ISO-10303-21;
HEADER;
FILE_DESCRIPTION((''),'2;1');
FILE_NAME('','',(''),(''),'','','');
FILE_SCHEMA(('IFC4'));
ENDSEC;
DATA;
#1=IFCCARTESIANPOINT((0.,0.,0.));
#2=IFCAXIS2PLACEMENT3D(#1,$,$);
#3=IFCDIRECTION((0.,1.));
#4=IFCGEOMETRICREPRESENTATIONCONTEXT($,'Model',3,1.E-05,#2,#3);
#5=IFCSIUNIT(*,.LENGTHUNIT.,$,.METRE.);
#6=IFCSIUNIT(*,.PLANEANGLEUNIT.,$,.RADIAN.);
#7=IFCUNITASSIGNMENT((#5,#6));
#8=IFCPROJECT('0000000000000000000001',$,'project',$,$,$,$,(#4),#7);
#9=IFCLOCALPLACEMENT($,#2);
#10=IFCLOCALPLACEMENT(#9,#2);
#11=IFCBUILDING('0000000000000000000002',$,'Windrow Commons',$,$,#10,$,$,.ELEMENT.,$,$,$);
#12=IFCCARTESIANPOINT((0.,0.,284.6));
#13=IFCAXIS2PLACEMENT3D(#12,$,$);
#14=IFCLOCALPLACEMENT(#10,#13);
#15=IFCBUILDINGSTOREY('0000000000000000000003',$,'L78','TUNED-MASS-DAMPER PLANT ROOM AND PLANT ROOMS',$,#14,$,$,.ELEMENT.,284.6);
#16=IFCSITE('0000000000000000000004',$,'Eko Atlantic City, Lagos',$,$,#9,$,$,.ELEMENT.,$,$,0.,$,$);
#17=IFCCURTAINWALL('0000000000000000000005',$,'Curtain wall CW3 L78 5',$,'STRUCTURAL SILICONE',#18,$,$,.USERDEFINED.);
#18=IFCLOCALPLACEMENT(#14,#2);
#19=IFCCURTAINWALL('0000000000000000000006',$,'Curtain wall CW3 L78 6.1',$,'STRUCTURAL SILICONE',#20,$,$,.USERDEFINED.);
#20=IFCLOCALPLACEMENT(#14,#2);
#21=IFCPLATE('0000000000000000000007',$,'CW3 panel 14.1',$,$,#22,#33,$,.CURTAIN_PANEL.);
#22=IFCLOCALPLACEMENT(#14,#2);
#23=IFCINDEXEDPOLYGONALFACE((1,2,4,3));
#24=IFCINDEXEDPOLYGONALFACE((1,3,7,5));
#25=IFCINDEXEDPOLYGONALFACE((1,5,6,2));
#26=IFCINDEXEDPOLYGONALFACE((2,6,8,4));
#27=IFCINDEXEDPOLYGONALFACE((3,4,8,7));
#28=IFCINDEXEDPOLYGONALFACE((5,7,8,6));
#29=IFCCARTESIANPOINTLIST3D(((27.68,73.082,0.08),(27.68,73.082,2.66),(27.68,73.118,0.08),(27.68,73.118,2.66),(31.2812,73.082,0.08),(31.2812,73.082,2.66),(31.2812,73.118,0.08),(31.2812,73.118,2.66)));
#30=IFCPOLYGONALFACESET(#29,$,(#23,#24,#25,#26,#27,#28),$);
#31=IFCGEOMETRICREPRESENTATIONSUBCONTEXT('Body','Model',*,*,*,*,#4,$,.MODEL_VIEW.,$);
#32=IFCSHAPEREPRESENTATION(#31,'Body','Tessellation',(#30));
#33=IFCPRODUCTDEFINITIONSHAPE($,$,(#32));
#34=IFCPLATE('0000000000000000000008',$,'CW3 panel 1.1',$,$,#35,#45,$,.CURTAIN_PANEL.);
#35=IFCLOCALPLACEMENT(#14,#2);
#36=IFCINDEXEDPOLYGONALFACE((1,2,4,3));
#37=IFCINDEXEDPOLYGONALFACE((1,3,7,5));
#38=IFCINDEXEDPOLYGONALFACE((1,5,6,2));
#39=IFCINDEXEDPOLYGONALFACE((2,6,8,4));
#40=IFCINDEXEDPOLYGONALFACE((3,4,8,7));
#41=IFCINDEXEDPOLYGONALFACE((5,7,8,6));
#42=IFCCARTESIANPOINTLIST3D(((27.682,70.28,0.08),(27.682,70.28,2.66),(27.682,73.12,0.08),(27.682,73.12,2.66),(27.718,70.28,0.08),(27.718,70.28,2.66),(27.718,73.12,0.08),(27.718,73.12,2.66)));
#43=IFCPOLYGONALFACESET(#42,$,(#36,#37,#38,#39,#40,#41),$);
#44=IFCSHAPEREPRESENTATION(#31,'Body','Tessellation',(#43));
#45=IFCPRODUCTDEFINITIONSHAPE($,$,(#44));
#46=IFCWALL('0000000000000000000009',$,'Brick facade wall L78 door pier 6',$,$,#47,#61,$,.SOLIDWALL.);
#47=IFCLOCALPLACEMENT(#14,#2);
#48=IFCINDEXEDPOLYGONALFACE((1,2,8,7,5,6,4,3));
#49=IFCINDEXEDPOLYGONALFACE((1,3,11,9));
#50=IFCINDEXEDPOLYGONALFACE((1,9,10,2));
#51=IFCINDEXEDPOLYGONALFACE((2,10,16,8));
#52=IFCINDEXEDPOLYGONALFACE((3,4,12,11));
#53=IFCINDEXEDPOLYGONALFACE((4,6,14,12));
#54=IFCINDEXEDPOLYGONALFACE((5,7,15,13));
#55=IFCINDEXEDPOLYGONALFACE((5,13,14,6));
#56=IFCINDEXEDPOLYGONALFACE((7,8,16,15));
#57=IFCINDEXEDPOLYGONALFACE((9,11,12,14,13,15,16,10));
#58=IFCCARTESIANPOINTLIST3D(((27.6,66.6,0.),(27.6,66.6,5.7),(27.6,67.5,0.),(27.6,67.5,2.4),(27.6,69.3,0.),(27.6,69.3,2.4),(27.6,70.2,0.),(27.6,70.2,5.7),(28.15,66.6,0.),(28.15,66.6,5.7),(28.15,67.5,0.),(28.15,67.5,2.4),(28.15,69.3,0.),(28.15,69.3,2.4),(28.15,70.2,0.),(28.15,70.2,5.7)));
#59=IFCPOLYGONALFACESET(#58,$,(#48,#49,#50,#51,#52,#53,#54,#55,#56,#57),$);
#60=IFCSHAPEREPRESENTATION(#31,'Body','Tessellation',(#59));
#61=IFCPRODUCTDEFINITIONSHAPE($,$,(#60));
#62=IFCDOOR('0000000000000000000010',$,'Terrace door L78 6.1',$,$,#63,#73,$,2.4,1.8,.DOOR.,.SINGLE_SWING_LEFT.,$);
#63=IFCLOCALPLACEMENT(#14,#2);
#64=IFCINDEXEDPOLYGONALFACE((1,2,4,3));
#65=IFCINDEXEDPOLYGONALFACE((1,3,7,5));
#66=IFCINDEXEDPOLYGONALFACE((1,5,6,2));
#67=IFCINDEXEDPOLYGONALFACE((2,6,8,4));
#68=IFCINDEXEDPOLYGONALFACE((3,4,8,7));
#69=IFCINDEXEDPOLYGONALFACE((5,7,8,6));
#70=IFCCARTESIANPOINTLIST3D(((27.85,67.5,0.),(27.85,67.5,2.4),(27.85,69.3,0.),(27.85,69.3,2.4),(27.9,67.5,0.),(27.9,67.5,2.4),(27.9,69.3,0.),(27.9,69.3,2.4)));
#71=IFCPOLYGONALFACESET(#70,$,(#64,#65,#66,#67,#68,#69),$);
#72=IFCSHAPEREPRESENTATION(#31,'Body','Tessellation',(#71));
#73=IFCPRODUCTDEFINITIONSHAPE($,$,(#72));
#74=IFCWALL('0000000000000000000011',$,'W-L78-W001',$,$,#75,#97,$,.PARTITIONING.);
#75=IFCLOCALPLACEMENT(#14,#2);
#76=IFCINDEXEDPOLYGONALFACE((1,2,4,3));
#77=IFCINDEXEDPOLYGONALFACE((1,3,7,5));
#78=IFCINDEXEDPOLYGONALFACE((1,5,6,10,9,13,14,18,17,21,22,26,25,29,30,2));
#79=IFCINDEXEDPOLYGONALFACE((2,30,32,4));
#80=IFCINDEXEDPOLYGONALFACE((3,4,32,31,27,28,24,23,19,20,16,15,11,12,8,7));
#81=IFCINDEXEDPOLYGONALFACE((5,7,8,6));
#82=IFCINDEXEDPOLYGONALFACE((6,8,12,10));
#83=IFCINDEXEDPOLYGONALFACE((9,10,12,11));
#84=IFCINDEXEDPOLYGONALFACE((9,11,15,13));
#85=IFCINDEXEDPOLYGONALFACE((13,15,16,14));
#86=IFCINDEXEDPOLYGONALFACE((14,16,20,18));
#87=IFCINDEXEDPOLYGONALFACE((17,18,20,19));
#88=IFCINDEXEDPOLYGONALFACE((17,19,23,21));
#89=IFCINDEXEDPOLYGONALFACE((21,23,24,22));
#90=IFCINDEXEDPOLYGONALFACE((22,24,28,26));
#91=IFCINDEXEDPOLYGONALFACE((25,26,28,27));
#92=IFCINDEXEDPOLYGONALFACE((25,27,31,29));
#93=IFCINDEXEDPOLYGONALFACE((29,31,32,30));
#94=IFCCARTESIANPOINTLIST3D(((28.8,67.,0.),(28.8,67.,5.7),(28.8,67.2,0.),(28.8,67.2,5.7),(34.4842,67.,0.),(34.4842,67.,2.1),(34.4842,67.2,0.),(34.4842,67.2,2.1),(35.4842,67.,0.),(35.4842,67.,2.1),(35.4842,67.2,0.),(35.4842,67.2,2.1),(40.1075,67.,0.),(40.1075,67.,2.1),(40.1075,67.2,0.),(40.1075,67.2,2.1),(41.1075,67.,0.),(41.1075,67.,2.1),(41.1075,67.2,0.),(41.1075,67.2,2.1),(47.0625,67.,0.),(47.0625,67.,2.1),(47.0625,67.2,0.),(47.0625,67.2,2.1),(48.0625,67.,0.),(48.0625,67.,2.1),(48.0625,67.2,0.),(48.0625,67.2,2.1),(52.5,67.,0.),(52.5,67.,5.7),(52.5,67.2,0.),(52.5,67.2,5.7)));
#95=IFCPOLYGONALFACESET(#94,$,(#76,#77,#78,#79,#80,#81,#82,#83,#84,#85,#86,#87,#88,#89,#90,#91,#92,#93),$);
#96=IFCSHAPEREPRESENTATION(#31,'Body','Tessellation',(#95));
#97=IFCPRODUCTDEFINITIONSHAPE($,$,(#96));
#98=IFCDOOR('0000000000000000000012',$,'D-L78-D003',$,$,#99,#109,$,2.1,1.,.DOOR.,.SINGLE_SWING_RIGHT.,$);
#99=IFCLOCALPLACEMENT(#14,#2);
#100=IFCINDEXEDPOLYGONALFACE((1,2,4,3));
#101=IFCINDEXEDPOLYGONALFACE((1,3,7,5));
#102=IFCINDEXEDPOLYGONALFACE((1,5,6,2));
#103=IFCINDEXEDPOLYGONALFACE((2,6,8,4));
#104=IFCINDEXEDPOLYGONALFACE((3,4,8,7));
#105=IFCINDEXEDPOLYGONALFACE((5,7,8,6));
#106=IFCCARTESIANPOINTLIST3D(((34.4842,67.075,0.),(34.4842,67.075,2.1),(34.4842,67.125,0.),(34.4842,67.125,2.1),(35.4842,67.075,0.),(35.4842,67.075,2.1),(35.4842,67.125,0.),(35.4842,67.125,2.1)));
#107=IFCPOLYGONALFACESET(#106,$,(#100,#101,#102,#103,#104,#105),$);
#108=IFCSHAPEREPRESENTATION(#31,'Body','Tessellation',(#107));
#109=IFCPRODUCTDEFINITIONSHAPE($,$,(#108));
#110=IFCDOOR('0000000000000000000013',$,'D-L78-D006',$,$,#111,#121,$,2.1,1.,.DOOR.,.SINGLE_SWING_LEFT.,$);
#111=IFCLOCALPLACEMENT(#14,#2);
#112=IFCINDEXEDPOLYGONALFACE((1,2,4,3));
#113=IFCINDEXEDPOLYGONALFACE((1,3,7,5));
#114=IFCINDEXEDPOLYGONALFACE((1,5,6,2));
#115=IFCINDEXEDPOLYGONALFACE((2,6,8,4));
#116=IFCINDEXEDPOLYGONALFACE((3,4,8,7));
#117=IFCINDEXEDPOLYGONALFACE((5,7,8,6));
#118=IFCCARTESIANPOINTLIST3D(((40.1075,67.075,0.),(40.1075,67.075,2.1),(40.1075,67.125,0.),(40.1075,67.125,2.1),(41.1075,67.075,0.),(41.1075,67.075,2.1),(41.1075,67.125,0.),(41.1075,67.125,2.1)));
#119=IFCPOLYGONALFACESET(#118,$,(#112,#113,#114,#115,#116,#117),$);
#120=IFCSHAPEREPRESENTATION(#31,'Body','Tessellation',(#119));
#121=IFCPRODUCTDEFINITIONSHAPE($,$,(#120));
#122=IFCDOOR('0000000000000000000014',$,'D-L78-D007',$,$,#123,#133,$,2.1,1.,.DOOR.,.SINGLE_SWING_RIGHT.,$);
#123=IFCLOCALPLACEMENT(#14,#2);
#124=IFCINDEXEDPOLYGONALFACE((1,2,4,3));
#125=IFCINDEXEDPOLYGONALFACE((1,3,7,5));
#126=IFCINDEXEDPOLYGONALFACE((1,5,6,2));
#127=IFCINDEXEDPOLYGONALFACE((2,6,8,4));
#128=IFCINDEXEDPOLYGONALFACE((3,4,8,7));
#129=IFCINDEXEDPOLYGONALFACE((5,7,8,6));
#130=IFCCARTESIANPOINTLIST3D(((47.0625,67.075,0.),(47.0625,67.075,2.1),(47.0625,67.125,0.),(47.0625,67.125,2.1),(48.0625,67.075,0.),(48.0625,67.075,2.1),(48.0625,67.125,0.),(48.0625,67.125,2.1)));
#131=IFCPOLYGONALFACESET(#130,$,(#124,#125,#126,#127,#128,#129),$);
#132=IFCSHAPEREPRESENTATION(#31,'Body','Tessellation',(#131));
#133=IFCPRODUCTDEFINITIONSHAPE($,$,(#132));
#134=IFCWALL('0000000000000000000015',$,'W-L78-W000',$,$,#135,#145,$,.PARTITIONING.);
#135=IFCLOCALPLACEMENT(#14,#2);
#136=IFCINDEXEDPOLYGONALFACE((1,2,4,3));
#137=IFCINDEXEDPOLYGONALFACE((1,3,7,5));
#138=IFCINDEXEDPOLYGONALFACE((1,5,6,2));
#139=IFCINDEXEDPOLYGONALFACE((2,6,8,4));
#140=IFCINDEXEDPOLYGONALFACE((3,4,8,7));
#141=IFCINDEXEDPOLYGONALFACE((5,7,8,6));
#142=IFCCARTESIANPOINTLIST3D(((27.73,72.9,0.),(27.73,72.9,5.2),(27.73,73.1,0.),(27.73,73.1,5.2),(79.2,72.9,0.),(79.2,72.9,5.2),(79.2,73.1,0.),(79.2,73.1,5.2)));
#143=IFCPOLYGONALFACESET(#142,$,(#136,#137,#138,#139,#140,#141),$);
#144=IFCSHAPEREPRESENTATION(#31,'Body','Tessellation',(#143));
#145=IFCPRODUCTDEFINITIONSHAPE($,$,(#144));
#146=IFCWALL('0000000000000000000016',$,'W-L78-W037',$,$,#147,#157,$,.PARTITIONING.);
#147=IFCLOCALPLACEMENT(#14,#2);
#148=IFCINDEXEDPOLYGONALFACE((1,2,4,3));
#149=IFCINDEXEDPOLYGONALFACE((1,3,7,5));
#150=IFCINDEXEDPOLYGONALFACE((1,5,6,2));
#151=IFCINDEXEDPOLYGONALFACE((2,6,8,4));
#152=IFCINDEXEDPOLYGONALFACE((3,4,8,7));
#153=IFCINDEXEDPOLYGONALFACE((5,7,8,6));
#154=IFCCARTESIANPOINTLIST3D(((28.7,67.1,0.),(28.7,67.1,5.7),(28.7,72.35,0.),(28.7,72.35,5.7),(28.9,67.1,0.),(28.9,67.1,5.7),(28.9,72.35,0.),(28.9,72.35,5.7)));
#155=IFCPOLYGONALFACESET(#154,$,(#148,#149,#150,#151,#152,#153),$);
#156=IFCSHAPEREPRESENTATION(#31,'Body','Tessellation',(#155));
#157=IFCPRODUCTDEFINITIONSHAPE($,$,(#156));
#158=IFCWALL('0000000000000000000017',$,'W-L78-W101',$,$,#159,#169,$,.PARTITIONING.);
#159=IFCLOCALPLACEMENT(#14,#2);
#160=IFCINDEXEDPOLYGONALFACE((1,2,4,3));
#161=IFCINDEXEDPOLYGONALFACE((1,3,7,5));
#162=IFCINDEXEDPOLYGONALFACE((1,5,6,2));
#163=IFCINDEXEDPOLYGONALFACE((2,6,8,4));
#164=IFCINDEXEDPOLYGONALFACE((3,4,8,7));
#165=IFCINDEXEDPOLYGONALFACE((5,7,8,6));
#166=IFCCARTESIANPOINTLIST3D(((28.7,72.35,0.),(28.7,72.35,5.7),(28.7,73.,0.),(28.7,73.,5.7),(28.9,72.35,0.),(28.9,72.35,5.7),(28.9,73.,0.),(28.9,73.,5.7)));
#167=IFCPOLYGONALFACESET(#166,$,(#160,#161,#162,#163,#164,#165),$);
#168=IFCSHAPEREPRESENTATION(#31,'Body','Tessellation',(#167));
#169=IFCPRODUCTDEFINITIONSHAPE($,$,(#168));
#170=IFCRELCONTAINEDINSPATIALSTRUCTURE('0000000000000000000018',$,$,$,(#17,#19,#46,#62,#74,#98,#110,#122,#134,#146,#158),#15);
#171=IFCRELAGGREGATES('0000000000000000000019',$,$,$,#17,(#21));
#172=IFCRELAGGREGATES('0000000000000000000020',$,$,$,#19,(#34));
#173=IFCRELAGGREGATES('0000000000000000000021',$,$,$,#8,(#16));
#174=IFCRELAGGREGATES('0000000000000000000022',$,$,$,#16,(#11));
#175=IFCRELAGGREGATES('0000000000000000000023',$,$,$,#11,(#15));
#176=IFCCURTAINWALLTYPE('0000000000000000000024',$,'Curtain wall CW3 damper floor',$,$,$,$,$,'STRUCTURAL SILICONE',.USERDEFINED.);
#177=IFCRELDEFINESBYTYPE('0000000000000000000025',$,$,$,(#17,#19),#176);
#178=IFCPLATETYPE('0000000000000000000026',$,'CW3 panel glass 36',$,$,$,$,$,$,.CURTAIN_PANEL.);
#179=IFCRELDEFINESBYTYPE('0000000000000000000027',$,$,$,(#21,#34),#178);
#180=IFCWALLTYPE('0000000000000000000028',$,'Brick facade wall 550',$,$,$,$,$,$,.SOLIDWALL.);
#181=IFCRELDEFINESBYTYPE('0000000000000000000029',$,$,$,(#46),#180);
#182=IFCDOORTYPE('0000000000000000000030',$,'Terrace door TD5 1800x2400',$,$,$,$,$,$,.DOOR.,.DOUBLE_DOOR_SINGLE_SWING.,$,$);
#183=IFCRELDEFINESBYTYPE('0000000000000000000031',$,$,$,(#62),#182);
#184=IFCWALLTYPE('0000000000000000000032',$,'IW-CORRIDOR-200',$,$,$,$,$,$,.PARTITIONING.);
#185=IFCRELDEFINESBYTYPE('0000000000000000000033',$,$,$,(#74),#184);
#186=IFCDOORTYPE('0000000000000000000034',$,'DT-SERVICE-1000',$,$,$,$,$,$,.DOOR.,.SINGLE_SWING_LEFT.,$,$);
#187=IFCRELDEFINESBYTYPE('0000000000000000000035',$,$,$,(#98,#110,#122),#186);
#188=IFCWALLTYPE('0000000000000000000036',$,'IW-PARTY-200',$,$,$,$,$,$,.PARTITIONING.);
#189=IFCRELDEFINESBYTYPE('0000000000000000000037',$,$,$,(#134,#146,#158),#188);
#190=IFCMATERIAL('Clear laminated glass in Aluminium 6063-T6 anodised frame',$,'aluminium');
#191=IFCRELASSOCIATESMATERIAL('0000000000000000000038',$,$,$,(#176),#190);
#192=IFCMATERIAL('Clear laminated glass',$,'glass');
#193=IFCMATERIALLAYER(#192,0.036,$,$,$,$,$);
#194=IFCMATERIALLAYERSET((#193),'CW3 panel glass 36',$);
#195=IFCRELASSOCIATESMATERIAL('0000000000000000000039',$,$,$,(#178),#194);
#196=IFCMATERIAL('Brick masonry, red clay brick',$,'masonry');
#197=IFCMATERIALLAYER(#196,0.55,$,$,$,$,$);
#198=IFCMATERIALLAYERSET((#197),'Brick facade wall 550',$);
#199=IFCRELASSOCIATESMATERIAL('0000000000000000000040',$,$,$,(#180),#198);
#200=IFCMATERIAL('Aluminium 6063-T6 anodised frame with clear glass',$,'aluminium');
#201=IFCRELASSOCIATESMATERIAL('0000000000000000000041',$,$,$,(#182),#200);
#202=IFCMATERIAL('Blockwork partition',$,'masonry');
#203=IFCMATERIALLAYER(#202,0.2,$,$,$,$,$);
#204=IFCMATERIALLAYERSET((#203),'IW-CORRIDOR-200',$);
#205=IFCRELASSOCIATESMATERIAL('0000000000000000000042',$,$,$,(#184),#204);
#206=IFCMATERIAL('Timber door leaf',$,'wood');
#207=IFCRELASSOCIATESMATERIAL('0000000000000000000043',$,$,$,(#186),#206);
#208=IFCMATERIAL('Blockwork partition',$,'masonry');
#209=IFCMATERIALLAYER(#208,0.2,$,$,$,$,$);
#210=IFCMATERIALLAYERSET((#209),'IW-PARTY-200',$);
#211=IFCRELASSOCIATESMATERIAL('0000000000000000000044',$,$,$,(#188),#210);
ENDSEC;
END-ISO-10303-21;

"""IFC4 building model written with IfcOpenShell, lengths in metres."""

from ifc_helpers import new_model, si_unit, direction, frame, frame_2d, origin, origin_2d, place, context, subcontext, project, spatial, rectangle, extrude, material, layer, layer_set, type_object, element, fill, aggregate, save


model = new_model("IFC4")

# Units and contexts
model_context = context("Model", 3, precision=1e-05, world=origin(), true_north=direction((0.0, 1.0)))
body_context = subcontext(model_context, "Body", "Model", "MODEL_VIEW")
ifc_project = project(units=[si_unit("LENGTHUNIT", "METRE"), si_unit("PLANEANGLEUNIT", "RADIAN")], contexts=[model_context])

# Site, building, storey
site_placement = place(None, origin())
site = spatial("IfcSite", under=ifc_project, at=site_placement, Name="Eko Atlantic City, Lagos", CompositionType="ELEMENT", RefElevation=0.0)
building_placement = place(site_placement, origin())
building = spatial("IfcBuilding", under=site, at=building_placement, Name="Windrow Commons", CompositionType="ELEMENT")
storey_placement = place(building_placement, frame((0.0, 0.0, 284.6)))
storey = spatial("IfcBuildingStorey", under=building, at=storey_placement, Name="L78", Description="TUNED-MASS-DAMPER PLANT ROOM AND PLANT ROOMS", CompositionType="ELEMENT", Elevation=284.6)

# Curtain walls
ifc_material_1 = material(Name="Clear laminated glass in Aluminium 6063-T6 anodised frame", Category="aluminium")
curtain_wall_type = type_object("IfcCurtainWallType", Name="Curtain wall CW3 damper floor", ElementType="STRUCTURAL SILICONE", PredefinedType="USERDEFINED", material=ifc_material_1)
placement = place(storey_placement, origin())
curtain_wall_1 = element("IfcCurtainWall", 1, at=placement, inside=storey, type_object=curtain_wall_type, Name="Curtain wall CW3 L78 5", ObjectType="STRUCTURAL SILICONE", PredefinedType="USERDEFINED")
curtain_wall_2 = element("IfcCurtainWall", 2, at=placement, inside=storey, type_object=curtain_wall_type, Name="Curtain wall CW3 L78 6.1", ObjectType="STRUCTURAL SILICONE", PredefinedType="USERDEFINED")

# Plates
ifc_material_2 = material(Name="Clear laminated glass", Category="glass")
ifc_layer_1 = layer(ifc_material_2, 0.036)
ifc_layer_set_1 = layer_set([ifc_layer_1], Name="CW3 panel glass 36")
plate_type = type_object("IfcPlateType", Name="CW3 panel glass 36", PredefinedType="CURTAIN_PANEL", material=ifc_layer_set_1)
plate_1_placement = place(storey_placement, frame((29.4806, 73.1, 0.08), z_axis=(0.0, 0.0, 1.0), x_axis=(-1.0, 0.0, 0.0)))
plate_1 = element("IfcPlate", 3, at=plate_1_placement, type_object=plate_type, Name="CW3 panel 14.1", PredefinedType="CURTAIN_PANEL", context=body_context, shape_type="SweptSolid", body=[
    extrude(rectangle(XDim=3.6012, YDim=0.036, at=origin_2d()), origin(), (0.0, 0.0, 1.0), 2.58),
])
aggregate(curtain_wall_1, [plate_1])
plate_2_placement = place(storey_placement, frame((27.7, 71.7, 0.08), z_axis=(0.0, 0.0, 1.0), x_axis=(0.0, -1.0, 0.0)))
plate_2 = element("IfcPlate", 4, at=plate_2_placement, type_object=plate_type, Name="CW3 panel 1.1", PredefinedType="CURTAIN_PANEL", context=body_context, shape_type="SweptSolid", body=[
    extrude(rectangle(XDim=2.84, YDim=0.036, at=origin_2d()), origin(), (0.0, 0.0, 1.0), 2.58),
])
aggregate(curtain_wall_2, [plate_2])

# Wall, opening, door
ifc_material_3 = material(Name="Brick masonry, red clay brick", Category="masonry")
ifc_layer_2 = layer(ifc_material_3, 0.55)
ifc_layer_set_2 = layer_set([ifc_layer_2], Name="Brick facade wall 550")
wall_type_1 = type_object("IfcWallType", Name="Brick facade wall 550", PredefinedType="SOLIDWALL", material=ifc_layer_set_2)
wall_1_placement = place(storey_placement, frame((27.875, 70.2, 0.0), z_axis=(0.0, 0.0, 1.0), x_axis=(0.0, -1.0, 0.0)))
wall_1 = element("IfcWall", 5, at=wall_1_placement, inside=storey, type_object=wall_type_1, Name="Brick facade wall L78 door pier 6", PredefinedType="SOLIDWALL", context=body_context, shape_type="SweptSolid", body=[
    extrude(rectangle(XDim=3.6, YDim=0.55, at=frame_2d((1.8, 0.0))), origin(), (0.0, 0.0, 1.0), 5.7),
])
opening_1_placement = place(wall_1_placement, frame((0.9, 0.0, 0.0)))
opening_1 = element("IfcOpeningElement", 6, at=opening_1_placement, cuts=wall_1, PredefinedType="OPENING", context=body_context, shape_type="SweptSolid", body=[
    extrude(rectangle(XDim=1.8, YDim=2.4, at=frame_2d((0.9, 1.2))), frame((0.0, 0.285, 0.0), z_axis=(0.0, -1.0, 0.0), x_axis=(1.0, 0.0, 0.0)), (0.0, 0.0, 1.0), 0.57),
])
ifc_material_4 = material(Name="Aluminium 6063-T6 anodised frame with clear glass", Category="aluminium")
door_type_1 = type_object("IfcDoorType", Name="Terrace door TD5 1800x2400", OperationType="DOUBLE_DOOR_SINGLE_SWING", PredefinedType="DOOR", material=ifc_material_4)
door_1_placement = place(opening_1_placement, origin())
door_1 = element("IfcDoor", 7, at=door_1_placement, inside=storey, type_object=door_type_1, Name="Terrace door L78 6.1", OperationType="SINGLE_SWING_LEFT", OverallHeight=2.4, OverallWidth=1.8, PredefinedType="DOOR", context=body_context, shape_type="SweptSolid", body=[
    extrude(rectangle(XDim=1.8, YDim=2.4, at=frame_2d((0.9, 1.2))), frame((0.0, 0.025, 0.0), z_axis=(0.0, -1.0, 0.0), x_axis=(1.0, 0.0, 0.0)), (0.0, 0.0, 1.0), 0.05),
])
fill(opening_1, door_1)

# Wall, openings, doors
ifc_material_5 = material(Name="Blockwork partition", Category="masonry")
ifc_layer_3 = layer(ifc_material_5, 0.2)
ifc_layer_set_3 = layer_set([ifc_layer_3], Name="IW-CORRIDOR-200")
wall_type_2 = type_object("IfcWallType", Name="IW-CORRIDOR-200", PredefinedType="PARTITIONING", material=ifc_layer_set_3)
wall_2_placement = place(storey_placement, frame((28.8, 67.1, 0.0), z_axis=(0.0, 0.0, 1.0), x_axis=(1.0, 0.0, 0.0)))
wall_2 = element("IfcWall", 8, at=wall_2_placement, inside=storey, type_object=wall_type_2, Name="W-L78-W001", PredefinedType="PARTITIONING", context=body_context, shape_type="SweptSolid", body=[
    extrude(rectangle(XDim=23.7, YDim=0.2, at=frame_2d((11.85, 0.0))), origin(), (0.0, 0.0, 1.0), 5.7),
])
opening_2_placement = place(wall_2_placement, frame((5.6842, 0.0, 0.0)))
opening_2 = element("IfcOpeningElement", 9, at=opening_2_placement, cuts=wall_2, PredefinedType="OPENING", context=body_context, shape_type="SweptSolid", body=[
    extrude(rectangle(XDim=1.0, YDim=2.1, at=frame_2d((0.5, 1.05))), frame((0.0, 0.11, 0.0), z_axis=(0.0, -1.0, 0.0), x_axis=(1.0, 0.0, 0.0)), (0.0, 0.0, 1.0), 0.22),
])
opening_3_placement = place(wall_2_placement, frame((11.3075, 0.0, 0.0)))
opening_3 = element("IfcOpeningElement", 10, at=opening_3_placement, cuts=wall_2, PredefinedType="OPENING", context=body_context, shape_type="SweptSolid", body=[
    extrude(rectangle(XDim=1.0, YDim=2.1, at=frame_2d((0.5, 1.05))), frame((0.0, 0.11, 0.0), z_axis=(0.0, -1.0, 0.0), x_axis=(1.0, 0.0, 0.0)), (0.0, 0.0, 1.0), 0.22),
])
opening_4_placement = place(wall_2_placement, frame((18.2625, 0.0, 0.0)))
opening_4 = element("IfcOpeningElement", 11, at=opening_4_placement, cuts=wall_2, PredefinedType="OPENING", context=body_context, shape_type="SweptSolid", body=[
    extrude(rectangle(XDim=1.0, YDim=2.1, at=frame_2d((0.5, 1.05))), frame((0.0, 0.11, 0.0), z_axis=(0.0, -1.0, 0.0), x_axis=(1.0, 0.0, 0.0)), (0.0, 0.0, 1.0), 0.22),
])
ifc_material_6 = material(Name="Timber door leaf", Category="wood")
door_type_2 = type_object("IfcDoorType", Name="DT-SERVICE-1000", OperationType="SINGLE_SWING_LEFT", PredefinedType="DOOR", material=ifc_material_6)
door_2_placement = place(opening_2_placement, origin())
door_2 = element("IfcDoor", 12, at=door_2_placement, inside=storey, type_object=door_type_2, Name="D-L78-D003", OperationType="SINGLE_SWING_RIGHT", OverallHeight=2.1, OverallWidth=1.0, PredefinedType="DOOR", context=body_context, shape_type="SweptSolid", body=[
    extrude(rectangle(XDim=1.0, YDim=2.1, at=frame_2d((0.5, 1.05))), frame((0.0, 0.025, 0.0), z_axis=(0.0, -1.0, 0.0), x_axis=(1.0, 0.0, 0.0)), (0.0, 0.0, 1.0), 0.05),
])
fill(opening_2, door_2)
door_3_placement = place(opening_3_placement, origin())
door_3 = element("IfcDoor", 13, at=door_3_placement, inside=storey, type_object=door_type_2, Name="D-L78-D006", OperationType="SINGLE_SWING_LEFT", OverallHeight=2.1, OverallWidth=1.0, PredefinedType="DOOR", context=body_context, shape_type="SweptSolid", body=[
    extrude(rectangle(XDim=1.0, YDim=2.1, at=frame_2d((0.5, 1.05))), frame((0.0, 0.025, 0.0), z_axis=(0.0, -1.0, 0.0), x_axis=(1.0, 0.0, 0.0)), (0.0, 0.0, 1.0), 0.05),
])
fill(opening_3, door_3)
door_4_placement = place(opening_4_placement, origin())
door_4 = element("IfcDoor", 14, at=door_4_placement, inside=storey, type_object=door_type_2, Name="D-L78-D007", OperationType="SINGLE_SWING_RIGHT", OverallHeight=2.1, OverallWidth=1.0, PredefinedType="DOOR", context=body_context, shape_type="SweptSolid", body=[
    extrude(rectangle(XDim=1.0, YDim=2.1, at=frame_2d((0.5, 1.05))), frame((0.0, 0.025, 0.0), z_axis=(0.0, -1.0, 0.0), x_axis=(1.0, 0.0, 0.0)), (0.0, 0.0, 1.0), 0.05),
])
fill(opening_4, door_4)

# Walls
ifc_material_7 = material(Name="Blockwork partition", Category="masonry")
ifc_layer_4 = layer(ifc_material_7, 0.2)
ifc_layer_set_4 = layer_set([ifc_layer_4], Name="IW-PARTY-200")
wall_type_3 = type_object("IfcWallType", Name="IW-PARTY-200", PredefinedType="PARTITIONING", material=ifc_layer_set_4)
wall_3_placement = place(storey_placement, frame((27.73, 73.0, 0.0), z_axis=(0.0, 0.0, 1.0), x_axis=(1.0, 0.0, 0.0)))
element("IfcWall", 15, at=wall_3_placement, inside=storey, type_object=wall_type_3, Name="W-L78-W000", PredefinedType="PARTITIONING", context=body_context, shape_type="SweptSolid", body=[
    extrude(rectangle(XDim=51.47, YDim=0.2, at=frame_2d((25.735, 0.0))), origin(), (0.0, 0.0, 1.0), 5.2),
])
wall_4_placement = place(storey_placement, frame((28.8, 67.1, 0.0), z_axis=(0.0, 0.0, 1.0), x_axis=(0.0, 1.0, 0.0)))
element("IfcWall", 16, at=wall_4_placement, inside=storey, type_object=wall_type_3, Name="W-L78-W037", PredefinedType="PARTITIONING", context=body_context, shape_type="SweptSolid", body=[
    extrude(rectangle(XDim=5.25, YDim=0.2, at=frame_2d((2.625, 0.0))), origin(), (0.0, 0.0, 1.0), 5.7),
])
wall_5_placement = place(storey_placement, frame((28.8, 72.35, 0.0), z_axis=(0.0, 0.0, 1.0), x_axis=(0.0, 1.0, 0.0)))
element("IfcWall", 17, at=wall_5_placement, inside=storey, type_object=wall_type_3, Name="W-L78-W101", PredefinedType="PARTITIONING", context=body_context, shape_type="SweptSolid", body=[
    extrude(rectangle(XDim=0.65, YDim=0.2, at=frame_2d((0.325, 0.0))), origin(), (0.0, 0.0, 1.0), 5.7),
])

save(model, "model.ifc")
